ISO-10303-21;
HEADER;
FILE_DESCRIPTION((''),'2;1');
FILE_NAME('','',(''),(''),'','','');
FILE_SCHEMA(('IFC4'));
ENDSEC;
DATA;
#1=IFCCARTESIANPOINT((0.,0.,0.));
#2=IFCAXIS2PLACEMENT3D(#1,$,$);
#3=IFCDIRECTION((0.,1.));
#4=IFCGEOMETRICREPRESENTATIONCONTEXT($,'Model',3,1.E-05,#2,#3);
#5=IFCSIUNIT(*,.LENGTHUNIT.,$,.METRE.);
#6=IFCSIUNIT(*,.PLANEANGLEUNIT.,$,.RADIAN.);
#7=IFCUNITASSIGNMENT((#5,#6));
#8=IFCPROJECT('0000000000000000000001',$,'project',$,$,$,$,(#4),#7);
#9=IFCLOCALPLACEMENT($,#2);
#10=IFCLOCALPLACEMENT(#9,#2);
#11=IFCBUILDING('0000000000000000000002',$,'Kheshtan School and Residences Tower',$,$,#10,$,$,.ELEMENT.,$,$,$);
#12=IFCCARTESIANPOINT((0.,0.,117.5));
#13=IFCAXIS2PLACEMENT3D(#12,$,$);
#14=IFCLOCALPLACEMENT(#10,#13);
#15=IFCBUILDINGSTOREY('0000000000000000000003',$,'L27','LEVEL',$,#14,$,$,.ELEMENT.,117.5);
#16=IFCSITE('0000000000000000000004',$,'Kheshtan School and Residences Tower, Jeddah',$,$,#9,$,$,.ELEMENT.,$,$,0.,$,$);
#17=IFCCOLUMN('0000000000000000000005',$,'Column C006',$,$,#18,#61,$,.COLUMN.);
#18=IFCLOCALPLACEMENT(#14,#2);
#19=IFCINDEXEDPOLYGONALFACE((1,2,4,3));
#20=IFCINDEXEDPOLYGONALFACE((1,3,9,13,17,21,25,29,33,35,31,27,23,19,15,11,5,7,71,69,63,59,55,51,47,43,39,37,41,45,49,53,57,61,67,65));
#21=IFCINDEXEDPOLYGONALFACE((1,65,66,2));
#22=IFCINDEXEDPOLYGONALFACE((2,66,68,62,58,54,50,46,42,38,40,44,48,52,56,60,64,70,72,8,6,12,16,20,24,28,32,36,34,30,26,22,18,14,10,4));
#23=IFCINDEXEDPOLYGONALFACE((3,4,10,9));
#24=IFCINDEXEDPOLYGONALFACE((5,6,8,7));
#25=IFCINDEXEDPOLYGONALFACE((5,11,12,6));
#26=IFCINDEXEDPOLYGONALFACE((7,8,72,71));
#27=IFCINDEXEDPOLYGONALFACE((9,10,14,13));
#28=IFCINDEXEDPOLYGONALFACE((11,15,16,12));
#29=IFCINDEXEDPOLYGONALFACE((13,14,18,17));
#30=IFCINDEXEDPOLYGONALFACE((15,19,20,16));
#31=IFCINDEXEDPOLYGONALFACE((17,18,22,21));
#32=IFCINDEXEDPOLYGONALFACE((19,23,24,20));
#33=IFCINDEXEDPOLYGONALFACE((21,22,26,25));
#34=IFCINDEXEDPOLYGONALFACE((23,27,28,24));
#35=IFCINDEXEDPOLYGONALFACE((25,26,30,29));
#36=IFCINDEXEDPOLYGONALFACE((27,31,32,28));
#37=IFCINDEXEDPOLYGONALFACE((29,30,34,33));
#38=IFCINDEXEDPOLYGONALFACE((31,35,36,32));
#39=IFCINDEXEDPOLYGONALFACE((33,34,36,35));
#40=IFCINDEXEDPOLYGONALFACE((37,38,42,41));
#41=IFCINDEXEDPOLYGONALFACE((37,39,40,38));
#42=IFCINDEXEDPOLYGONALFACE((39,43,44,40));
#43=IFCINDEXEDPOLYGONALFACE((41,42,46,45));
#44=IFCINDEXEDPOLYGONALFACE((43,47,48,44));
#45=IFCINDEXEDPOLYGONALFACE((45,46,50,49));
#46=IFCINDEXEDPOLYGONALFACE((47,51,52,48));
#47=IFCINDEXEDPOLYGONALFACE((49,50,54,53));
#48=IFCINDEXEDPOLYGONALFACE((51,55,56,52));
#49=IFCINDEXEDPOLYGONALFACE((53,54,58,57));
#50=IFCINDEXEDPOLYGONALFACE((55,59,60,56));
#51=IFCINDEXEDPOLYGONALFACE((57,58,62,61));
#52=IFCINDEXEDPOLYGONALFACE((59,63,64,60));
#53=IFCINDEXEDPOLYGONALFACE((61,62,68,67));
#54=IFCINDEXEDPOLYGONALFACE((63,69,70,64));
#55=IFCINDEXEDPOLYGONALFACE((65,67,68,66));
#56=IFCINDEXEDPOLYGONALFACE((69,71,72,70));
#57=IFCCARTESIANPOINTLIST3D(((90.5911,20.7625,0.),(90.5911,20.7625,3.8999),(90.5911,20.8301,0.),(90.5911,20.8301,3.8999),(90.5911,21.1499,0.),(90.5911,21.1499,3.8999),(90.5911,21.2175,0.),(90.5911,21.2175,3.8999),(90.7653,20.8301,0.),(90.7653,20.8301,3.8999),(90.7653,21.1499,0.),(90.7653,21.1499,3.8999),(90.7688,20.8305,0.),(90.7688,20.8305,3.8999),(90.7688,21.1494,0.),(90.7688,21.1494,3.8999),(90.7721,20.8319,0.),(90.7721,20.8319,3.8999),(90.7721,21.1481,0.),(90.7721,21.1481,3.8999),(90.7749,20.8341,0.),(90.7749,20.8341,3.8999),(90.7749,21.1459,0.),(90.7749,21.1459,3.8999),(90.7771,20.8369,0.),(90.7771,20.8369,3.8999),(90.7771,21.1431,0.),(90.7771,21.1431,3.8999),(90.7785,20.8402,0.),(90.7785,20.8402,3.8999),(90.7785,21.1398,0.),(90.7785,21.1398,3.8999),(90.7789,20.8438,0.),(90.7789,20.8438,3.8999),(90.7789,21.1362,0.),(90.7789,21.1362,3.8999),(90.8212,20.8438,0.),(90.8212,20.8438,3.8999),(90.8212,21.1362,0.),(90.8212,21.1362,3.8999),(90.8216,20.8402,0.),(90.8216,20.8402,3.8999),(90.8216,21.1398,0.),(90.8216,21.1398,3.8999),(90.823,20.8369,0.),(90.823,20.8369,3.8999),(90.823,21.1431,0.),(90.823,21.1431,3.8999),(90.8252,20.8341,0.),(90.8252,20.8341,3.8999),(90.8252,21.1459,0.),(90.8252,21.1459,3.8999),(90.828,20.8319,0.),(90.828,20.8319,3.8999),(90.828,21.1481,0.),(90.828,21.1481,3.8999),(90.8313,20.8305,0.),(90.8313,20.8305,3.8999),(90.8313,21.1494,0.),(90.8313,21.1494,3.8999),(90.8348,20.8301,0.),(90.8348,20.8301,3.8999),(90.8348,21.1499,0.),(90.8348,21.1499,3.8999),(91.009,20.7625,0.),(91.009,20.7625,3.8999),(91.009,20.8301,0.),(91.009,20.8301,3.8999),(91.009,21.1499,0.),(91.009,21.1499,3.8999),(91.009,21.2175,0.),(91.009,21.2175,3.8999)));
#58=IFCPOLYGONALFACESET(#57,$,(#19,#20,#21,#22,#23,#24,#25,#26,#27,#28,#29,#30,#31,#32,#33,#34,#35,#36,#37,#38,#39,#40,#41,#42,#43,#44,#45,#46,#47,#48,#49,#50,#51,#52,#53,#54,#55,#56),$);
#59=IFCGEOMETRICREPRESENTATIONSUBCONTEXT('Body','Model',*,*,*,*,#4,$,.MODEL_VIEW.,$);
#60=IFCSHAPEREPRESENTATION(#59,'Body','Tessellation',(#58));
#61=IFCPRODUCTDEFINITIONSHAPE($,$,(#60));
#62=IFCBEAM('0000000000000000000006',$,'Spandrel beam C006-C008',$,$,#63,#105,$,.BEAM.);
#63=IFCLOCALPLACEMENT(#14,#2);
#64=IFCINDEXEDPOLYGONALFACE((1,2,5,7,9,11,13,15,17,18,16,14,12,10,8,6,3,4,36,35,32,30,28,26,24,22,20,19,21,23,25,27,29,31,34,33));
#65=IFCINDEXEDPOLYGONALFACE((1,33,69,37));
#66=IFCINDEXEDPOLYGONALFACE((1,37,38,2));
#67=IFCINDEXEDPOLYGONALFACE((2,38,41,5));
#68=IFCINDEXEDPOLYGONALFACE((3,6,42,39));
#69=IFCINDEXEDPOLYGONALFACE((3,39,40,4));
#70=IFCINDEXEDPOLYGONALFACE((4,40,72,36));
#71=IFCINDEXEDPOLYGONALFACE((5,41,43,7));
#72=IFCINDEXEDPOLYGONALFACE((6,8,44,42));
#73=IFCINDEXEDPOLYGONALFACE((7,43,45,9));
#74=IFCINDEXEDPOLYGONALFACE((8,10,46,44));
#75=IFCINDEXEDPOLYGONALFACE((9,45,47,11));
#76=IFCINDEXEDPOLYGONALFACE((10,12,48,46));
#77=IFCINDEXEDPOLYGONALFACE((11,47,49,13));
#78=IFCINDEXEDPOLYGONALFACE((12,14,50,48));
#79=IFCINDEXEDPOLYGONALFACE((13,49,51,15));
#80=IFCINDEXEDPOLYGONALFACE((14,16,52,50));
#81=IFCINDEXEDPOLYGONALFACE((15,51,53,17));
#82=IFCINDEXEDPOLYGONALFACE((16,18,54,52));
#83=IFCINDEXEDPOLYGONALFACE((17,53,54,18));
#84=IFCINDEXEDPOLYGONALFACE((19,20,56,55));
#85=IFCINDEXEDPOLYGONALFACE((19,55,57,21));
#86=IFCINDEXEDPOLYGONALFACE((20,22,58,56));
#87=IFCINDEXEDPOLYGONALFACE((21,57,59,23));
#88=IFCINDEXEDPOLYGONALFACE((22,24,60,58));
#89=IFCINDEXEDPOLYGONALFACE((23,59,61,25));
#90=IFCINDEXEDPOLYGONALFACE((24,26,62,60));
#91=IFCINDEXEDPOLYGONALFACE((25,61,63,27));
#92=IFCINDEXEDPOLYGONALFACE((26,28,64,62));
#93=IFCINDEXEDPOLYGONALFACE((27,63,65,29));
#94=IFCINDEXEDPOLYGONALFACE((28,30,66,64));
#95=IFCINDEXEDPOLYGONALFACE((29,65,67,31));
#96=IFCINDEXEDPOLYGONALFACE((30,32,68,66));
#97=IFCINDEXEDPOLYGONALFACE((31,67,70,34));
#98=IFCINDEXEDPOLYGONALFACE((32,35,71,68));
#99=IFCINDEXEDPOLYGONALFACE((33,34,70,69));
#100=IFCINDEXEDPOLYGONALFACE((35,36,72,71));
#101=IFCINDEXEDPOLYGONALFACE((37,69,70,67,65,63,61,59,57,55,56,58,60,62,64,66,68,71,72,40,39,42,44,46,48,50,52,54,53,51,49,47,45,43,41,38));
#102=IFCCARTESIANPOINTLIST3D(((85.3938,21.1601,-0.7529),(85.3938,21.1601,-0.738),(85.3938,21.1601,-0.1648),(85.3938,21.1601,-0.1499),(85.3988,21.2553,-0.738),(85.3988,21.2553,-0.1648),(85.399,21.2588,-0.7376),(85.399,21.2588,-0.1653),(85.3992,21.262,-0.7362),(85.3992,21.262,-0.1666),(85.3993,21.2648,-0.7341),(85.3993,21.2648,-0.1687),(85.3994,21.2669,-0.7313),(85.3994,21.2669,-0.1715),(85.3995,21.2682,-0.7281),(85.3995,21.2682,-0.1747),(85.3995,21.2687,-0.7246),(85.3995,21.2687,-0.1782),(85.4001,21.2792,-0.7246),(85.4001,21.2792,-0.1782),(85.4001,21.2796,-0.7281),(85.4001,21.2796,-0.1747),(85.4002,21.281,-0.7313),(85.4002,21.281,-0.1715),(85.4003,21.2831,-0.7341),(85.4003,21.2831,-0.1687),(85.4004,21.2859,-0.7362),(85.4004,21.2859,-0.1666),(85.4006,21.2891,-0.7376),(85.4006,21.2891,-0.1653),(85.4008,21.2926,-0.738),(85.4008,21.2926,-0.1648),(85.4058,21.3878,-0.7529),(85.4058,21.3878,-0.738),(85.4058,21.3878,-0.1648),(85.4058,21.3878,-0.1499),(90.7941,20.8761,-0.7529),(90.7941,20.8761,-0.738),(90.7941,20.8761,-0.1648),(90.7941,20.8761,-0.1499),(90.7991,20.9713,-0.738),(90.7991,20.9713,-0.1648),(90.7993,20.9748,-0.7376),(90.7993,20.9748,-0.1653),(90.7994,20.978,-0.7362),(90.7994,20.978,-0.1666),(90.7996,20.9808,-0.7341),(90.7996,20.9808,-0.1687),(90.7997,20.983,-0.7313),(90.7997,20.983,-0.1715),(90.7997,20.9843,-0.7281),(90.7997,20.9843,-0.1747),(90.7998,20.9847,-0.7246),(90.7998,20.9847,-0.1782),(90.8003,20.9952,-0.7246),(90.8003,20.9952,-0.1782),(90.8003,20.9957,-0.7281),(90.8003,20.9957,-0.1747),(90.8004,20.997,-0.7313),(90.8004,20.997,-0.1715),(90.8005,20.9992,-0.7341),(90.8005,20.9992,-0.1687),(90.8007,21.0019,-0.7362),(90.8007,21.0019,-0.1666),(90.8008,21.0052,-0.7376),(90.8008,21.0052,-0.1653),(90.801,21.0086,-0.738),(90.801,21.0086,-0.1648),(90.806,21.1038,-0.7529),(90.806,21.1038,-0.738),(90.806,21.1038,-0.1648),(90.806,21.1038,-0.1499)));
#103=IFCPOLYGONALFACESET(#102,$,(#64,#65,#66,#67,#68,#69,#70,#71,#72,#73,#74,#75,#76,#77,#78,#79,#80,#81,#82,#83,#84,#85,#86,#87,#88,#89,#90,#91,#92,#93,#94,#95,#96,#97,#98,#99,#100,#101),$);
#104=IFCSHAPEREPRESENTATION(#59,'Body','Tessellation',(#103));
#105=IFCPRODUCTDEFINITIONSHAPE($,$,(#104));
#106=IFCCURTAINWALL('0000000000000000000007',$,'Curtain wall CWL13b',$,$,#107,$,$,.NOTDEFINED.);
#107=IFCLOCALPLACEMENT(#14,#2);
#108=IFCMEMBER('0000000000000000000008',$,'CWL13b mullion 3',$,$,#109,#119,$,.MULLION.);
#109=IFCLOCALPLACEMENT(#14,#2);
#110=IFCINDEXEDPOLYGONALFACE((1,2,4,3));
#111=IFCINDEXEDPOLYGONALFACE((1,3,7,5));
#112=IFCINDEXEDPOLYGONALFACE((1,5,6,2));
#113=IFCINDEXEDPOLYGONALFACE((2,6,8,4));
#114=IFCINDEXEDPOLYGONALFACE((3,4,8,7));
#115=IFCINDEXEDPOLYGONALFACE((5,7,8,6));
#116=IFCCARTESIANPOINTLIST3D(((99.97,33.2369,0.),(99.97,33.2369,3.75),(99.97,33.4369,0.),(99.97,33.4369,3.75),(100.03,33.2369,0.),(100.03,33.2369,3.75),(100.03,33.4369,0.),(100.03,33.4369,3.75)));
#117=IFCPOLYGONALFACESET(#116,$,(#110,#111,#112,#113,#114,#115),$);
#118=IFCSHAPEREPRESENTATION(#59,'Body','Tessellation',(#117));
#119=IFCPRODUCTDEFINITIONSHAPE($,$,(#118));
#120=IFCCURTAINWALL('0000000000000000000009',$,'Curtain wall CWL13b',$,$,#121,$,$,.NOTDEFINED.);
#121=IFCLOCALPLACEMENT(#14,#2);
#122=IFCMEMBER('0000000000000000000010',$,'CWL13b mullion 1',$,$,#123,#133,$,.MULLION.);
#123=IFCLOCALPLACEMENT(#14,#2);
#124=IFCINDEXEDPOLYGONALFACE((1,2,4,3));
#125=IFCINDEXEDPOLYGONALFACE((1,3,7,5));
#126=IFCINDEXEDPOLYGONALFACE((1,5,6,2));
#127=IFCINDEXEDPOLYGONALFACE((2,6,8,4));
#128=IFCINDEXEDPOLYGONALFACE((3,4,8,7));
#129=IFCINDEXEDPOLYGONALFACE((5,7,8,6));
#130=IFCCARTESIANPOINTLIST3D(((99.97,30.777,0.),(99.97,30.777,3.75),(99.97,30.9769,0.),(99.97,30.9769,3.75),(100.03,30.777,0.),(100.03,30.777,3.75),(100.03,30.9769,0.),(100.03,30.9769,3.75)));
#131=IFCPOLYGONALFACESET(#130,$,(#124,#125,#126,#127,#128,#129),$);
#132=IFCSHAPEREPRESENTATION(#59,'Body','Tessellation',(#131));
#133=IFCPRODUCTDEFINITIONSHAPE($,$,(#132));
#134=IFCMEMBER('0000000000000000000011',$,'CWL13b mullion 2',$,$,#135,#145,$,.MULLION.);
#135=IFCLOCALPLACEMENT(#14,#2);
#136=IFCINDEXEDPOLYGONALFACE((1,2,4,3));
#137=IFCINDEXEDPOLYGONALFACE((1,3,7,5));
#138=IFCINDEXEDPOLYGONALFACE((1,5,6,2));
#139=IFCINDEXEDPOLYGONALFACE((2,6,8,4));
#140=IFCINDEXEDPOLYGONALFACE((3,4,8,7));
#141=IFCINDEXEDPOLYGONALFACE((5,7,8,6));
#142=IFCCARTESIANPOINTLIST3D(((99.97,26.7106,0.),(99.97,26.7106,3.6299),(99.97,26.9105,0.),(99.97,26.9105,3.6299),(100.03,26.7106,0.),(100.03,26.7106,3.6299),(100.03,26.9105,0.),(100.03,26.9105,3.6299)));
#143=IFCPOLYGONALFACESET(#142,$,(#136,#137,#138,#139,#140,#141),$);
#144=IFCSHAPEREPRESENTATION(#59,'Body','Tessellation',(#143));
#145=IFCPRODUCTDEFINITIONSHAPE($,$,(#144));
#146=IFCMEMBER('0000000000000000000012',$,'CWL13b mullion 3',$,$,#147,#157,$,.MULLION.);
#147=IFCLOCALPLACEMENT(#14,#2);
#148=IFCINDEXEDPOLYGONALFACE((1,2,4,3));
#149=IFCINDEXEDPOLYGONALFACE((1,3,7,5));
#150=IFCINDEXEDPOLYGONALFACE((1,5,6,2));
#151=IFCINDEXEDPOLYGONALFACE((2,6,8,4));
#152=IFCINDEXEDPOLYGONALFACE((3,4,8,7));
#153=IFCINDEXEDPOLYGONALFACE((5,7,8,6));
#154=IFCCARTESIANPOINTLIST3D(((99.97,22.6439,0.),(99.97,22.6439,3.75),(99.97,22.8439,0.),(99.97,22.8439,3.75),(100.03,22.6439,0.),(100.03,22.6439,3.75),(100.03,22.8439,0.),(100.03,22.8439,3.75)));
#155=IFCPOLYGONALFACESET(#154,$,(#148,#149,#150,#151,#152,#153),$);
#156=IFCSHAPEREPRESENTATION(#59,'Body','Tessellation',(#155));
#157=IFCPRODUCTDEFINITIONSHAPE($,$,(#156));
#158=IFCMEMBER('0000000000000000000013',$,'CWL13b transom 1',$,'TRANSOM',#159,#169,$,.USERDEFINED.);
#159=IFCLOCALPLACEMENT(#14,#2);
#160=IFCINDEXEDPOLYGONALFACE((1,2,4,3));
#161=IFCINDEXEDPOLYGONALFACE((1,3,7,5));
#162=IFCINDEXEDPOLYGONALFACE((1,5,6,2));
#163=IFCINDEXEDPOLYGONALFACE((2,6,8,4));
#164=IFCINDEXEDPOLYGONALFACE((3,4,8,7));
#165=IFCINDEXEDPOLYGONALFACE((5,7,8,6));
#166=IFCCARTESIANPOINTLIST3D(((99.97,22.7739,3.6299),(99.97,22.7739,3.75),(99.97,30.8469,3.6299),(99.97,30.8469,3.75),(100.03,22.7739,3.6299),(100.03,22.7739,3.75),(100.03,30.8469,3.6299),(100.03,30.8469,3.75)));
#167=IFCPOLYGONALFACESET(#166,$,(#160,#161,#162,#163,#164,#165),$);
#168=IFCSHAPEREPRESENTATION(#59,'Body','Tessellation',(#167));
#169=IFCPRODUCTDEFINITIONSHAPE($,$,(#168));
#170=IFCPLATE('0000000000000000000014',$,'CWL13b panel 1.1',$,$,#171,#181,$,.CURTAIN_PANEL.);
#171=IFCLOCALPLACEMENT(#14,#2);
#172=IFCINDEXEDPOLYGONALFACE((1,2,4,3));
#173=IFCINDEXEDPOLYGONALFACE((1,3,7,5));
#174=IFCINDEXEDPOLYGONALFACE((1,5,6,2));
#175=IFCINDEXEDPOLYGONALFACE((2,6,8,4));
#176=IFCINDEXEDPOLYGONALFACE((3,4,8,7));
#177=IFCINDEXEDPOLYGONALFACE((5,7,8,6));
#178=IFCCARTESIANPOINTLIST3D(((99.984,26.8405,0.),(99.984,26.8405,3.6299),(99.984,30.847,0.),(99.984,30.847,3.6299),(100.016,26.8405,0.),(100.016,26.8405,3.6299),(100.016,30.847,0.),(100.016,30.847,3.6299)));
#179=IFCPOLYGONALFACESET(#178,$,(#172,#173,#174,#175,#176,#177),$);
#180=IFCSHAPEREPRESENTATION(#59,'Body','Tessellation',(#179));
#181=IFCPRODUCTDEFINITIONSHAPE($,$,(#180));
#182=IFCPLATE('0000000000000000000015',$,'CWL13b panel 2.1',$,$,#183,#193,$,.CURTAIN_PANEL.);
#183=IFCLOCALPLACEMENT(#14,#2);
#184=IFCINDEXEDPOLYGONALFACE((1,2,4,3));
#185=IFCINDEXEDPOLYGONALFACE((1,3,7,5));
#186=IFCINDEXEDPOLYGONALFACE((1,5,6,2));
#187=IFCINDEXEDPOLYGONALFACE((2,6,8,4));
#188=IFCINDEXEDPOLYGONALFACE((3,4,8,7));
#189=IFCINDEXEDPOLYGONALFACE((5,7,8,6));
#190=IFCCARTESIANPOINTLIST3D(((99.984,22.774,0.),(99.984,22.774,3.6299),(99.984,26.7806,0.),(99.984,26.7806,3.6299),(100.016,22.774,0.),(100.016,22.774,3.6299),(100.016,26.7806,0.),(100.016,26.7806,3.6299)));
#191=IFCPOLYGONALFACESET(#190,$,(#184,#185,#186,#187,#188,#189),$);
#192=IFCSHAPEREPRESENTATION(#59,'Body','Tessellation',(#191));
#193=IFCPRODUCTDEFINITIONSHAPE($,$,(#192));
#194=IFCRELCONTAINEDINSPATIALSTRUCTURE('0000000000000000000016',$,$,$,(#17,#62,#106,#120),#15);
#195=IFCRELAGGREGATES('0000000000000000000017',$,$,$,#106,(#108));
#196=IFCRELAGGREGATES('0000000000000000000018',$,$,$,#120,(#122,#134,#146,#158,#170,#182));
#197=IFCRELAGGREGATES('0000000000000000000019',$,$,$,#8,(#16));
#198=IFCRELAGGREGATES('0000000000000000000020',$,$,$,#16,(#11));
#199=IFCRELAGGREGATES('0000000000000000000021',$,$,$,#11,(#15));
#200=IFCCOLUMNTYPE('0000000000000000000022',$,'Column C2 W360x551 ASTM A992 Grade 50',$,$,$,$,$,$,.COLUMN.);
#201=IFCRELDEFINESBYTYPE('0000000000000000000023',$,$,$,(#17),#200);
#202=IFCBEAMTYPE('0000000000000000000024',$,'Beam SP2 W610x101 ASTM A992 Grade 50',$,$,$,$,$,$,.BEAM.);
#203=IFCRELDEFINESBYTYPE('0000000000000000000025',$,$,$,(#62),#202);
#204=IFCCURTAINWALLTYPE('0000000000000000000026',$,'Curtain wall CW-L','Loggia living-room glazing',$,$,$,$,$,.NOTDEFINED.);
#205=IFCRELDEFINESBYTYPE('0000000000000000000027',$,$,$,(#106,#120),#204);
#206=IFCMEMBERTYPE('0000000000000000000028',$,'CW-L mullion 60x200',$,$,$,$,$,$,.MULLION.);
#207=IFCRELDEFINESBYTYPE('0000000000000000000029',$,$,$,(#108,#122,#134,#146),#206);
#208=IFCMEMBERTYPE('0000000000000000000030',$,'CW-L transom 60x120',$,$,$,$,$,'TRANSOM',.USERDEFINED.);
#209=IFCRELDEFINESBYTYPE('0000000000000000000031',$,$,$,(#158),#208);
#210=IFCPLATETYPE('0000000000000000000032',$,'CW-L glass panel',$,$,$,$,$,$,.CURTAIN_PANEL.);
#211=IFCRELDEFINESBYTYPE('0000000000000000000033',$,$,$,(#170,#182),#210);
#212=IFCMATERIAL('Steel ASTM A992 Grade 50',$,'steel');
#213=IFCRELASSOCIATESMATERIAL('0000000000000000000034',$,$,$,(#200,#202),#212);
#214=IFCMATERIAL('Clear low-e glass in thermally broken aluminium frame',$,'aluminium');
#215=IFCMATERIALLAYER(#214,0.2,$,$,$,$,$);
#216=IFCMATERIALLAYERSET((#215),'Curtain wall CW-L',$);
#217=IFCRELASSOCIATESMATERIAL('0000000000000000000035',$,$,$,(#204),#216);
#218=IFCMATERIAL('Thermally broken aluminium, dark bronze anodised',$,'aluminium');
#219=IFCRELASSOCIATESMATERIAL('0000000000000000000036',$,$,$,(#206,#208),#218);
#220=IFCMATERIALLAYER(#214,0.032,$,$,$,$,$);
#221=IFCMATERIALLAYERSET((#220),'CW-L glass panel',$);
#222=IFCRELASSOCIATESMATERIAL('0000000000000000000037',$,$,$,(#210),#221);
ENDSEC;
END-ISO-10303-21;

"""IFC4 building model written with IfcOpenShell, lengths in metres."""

from ifc_helpers import new_model, si_unit, direction, frame, origin, origin_2d, place, context, subcontext, project, spatial, rectangle, i_section, extrude, material, layer, layer_set, material_profile, profile_set, type_object, element, aggregate, save


model = new_model("IFC4")

# Units and contexts
model_context = context("Model", 3, precision=1e-05, world=origin(), true_north=direction((0.0, 1.0)))
body_context = subcontext(model_context, "Body", "Model", "MODEL_VIEW")
ifc_project = project(units=[si_unit("LENGTHUNIT", "METRE"), si_unit("PLANEANGLEUNIT", "RADIAN")], contexts=[model_context])

# Site, building, storey
site_placement = place(None, origin())
site = spatial("IfcSite", under=ifc_project, at=site_placement, Name="Kheshtan School and Residences Tower, Jeddah", CompositionType="ELEMENT", RefElevation=0.0)
building_placement = place(site_placement, origin())
building = spatial("IfcBuilding", under=site, at=building_placement, Name="Kheshtan School and Residences Tower", CompositionType="ELEMENT")
storey_placement = place(building_placement, frame((0.0, 0.0, 117.5)))
storey = spatial("IfcBuildingStorey", under=building, at=storey_placement, Name="L27", Description="LEVEL", CompositionType="ELEMENT", Elevation=117.5)

# Column
ifc_material_1 = material(Name="Steel ASTM A992 Grade 50", Category="steel")
ifc_material_profile_1 = material_profile(ifc_material_1, i_section(OverallWidth=0.418, OverallDepth=0.4551, WebThickness=0.0422, FlangeThickness=0.0676, FilletRadius=0.0137, at=origin_2d()), Name="W360x551")
ifc_profile_set_1 = profile_set([ifc_material_profile_1], Name="Steel ASTM A992 Grade 50")
column_type = type_object("IfcColumnType", Name="Column C2 W360x551 ASTM A992 Grade 50", PredefinedType="COLUMN", material=ifc_profile_set_1)
column_placement = place(storey_placement, frame((90.8, 20.99, 0.0), z_axis=(0.0, 0.0, 1.0), x_axis=(1.0, 0.0, 0.0)))
element("IfcColumn", 1, at=column_placement, inside=storey, type_object=column_type, Name="Column C006", PredefinedType="COLUMN", context=body_context, shape_type="SweptSolid", body=[
    extrude(i_section(OverallWidth=0.418, OverallDepth=0.4551, WebThickness=0.0422, FlangeThickness=0.0676, FilletRadius=0.0137, at=origin_2d()), origin(), (0.0, 0.0, 1.0), 3.8999),
])

# Beam
ifc_material_profile_2 = material_profile(ifc_material_1, i_section(OverallWidth=0.228, OverallDepth=0.603, WebThickness=0.0105, FlangeThickness=0.0149, FilletRadius=0.0134, at=origin_2d()), Name="W610x101")
ifc_profile_set_2 = profile_set([ifc_material_profile_2], Name="Steel ASTM A992 Grade 50")
beam_type = type_object("IfcBeamType", Name="Beam SP2 W610x101 ASTM A992 Grade 50", PredefinedType="BEAM", material=ifc_profile_set_2)
beam_placement = place(storey_placement, frame((90.8, 20.99, -0.4514), z_axis=(-0.998621, 0.052507, 0.0), x_axis=(-0.052507, -0.998621, 0.0)))
element("IfcBeam", 2, at=beam_placement, inside=storey, type_object=beam_type, Name="Spandrel beam C006-C008", PredefinedType="BEAM", context=body_context, shape_type="SweptSolid", body=[
    extrude(i_section(OverallWidth=0.228, OverallDepth=0.603, WebThickness=0.0105, FlangeThickness=0.0149, FilletRadius=0.0134, at=origin_2d()), origin(), (0.0, 0.0, 1.0), 5.4077),
])

# Curtain wall, member
ifc_material_2 = material(Name="Clear low-e glass in thermally broken aluminium frame", Category="aluminium")
ifc_layer_1 = layer(ifc_material_2, 0.2)
ifc_layer_set_1 = layer_set([ifc_layer_1], Name="Curtain wall CW-L")
curtain_wall_type = type_object("IfcCurtainWallType", Name="Curtain wall CW-L", Description="Loggia living-room glazing", PredefinedType="NOTDEFINED", material=ifc_layer_set_1)
curtain_wall_1_placement = place(storey_placement, origin())
curtain_wall_1 = element("IfcCurtainWall", 3, at=curtain_wall_1_placement, inside=storey, type_object=curtain_wall_type, Name="Curtain wall CWL13b", PredefinedType="NOTDEFINED")
ifc_material_3 = material(Name="Thermally broken aluminium, dark bronze anodised", Category="aluminium")
ifc_material_profile_3 = material_profile(ifc_material_3, rectangle(XDim=0.0601, YDim=0.2, at=origin_2d()), Name="CW-L mullion 60x200")
ifc_profile_set_3 = profile_set([ifc_material_profile_3], Name="Thermally broken aluminium, dark bronze anodised")
member_type_1 = type_object("IfcMemberType", Name="CW-L mullion 60x200", PredefinedType="MULLION", material=ifc_profile_set_3)
member_1_placement = place(storey_placement, frame((100.0, 33.3369, 0.0), z_axis=(0.0, 0.0, 1.0), x_axis=(1.0, 0.0, 0.0)))
member_1 = element("IfcMember", 4, at=member_1_placement, type_object=member_type_1, Name="CWL13b mullion 3", PredefinedType="MULLION", context=body_context, shape_type="SweptSolid", body=[
    extrude(rectangle(XDim=0.0601, YDim=0.2, at=origin_2d()), origin(), (0.0, 0.0, 1.0), 3.75),
])
aggregate(curtain_wall_1, [member_1])

# Curtain wall, members, plates
curtain_wall_2_placement = place(storey_placement, origin())
curtain_wall_2 = element("IfcCurtainWall", 5, at=curtain_wall_2_placement, inside=storey, type_object=curtain_wall_type, Name="Curtain wall CWL13b", PredefinedType="NOTDEFINED")
member_2_placement = place(storey_placement, frame((100.0, 30.877, 0.0), z_axis=(0.0, 0.0, 1.0), x_axis=(1.0, 0.0, 0.0)))
member_2 = element("IfcMember", 6, at=member_2_placement, type_object=member_type_1, Name="CWL13b mullion 1", PredefinedType="MULLION", context=body_context, shape_type="SweptSolid", body=[
    extrude(rectangle(XDim=0.0601, YDim=0.2, at=origin_2d()), origin(), (0.0, 0.0, 1.0), 3.75),
])
member_3_placement = place(storey_placement, frame((100.0, 26.8105, 0.0), z_axis=(0.0, 0.0, 1.0), x_axis=(1.0, 0.0, 0.0)))
member_3 = element("IfcMember", 7, at=member_3_placement, type_object=member_type_1, Name="CWL13b mullion 2", PredefinedType="MULLION", context=body_context, shape_type="SweptSolid", body=[
    extrude(rectangle(XDim=0.0601, YDim=0.2, at=origin_2d()), origin(), (0.0, 0.0, 1.0), 3.6299),
])
member_4_placement = place(storey_placement, frame((100.0, 22.7439, 0.0), z_axis=(0.0, 0.0, 1.0), x_axis=(1.0, 0.0, 0.0)))
member_4 = element("IfcMember", 8, at=member_4_placement, type_object=member_type_1, Name="CWL13b mullion 3", PredefinedType="MULLION", context=body_context, shape_type="SweptSolid", body=[
    extrude(rectangle(XDim=0.0601, YDim=0.2, at=origin_2d()), origin(), (0.0, 0.0, 1.0), 3.75),
])
ifc_material_profile_4 = material_profile(ifc_material_3, rectangle(XDim=0.0601, YDim=0.1201, at=origin_2d()), Name="CW-L transom 60x120")
ifc_profile_set_4 = profile_set([ifc_material_profile_4], Name="Thermally broken aluminium, dark bronze anodised")
member_type_2 = type_object("IfcMemberType", Name="CW-L transom 60x120", ElementType="TRANSOM", PredefinedType="USERDEFINED", material=ifc_profile_set_4)
member_5_placement = place(storey_placement, frame((100.0, 30.8469, 3.6899), z_axis=(0.0, -1.0, 0.0), x_axis=(1.0, 0.0, 0.0)))
member_5 = element("IfcMember", 9, at=member_5_placement, type_object=member_type_2, Name="CWL13b transom 1", ObjectType="TRANSOM", PredefinedType="USERDEFINED", context=body_context, shape_type="SweptSolid", body=[
    extrude(rectangle(XDim=0.0601, YDim=0.1201, at=origin_2d()), origin(), (0.0, 0.0, 1.0), 8.073),
])
ifc_layer_2 = layer(ifc_material_2, 0.032)
ifc_layer_set_2 = layer_set([ifc_layer_2], Name="CW-L glass panel")
plate_type = type_object("IfcPlateType", Name="CW-L glass panel", PredefinedType="CURTAIN_PANEL", material=ifc_layer_set_2)
plate_1_placement = place(storey_placement, frame((100.0, 28.8438, 0.0), z_axis=(0.0, 0.0, 1.0), x_axis=(0.0, -1.0, 0.0)))
plate_1 = element("IfcPlate", 10, at=plate_1_placement, type_object=plate_type, Name="CWL13b panel 1.1", PredefinedType="CURTAIN_PANEL", context=body_context, shape_type="SweptSolid", body=[
    extrude(rectangle(XDim=4.0066, YDim=0.032, at=origin_2d()), origin(), (0.0, 0.0, 1.0), 3.6299),
])
plate_2_placement = place(storey_placement, frame((100.0, 24.7773, 0.0), z_axis=(0.0, 0.0, 1.0), x_axis=(0.0, -1.0, 0.0)))
plate_2 = element("IfcPlate", 11, at=plate_2_placement, type_object=plate_type, Name="CWL13b panel 2.1", PredefinedType="CURTAIN_PANEL", context=body_context, shape_type="SweptSolid", body=[
    extrude(rectangle(XDim=4.0066, YDim=0.032, at=origin_2d()), origin(), (0.0, 0.0, 1.0), 3.6299),
])
aggregate(curtain_wall_2, [member_2, member_3, member_4, member_5, plate_1, plate_2])

save(model, "model.ifc")
